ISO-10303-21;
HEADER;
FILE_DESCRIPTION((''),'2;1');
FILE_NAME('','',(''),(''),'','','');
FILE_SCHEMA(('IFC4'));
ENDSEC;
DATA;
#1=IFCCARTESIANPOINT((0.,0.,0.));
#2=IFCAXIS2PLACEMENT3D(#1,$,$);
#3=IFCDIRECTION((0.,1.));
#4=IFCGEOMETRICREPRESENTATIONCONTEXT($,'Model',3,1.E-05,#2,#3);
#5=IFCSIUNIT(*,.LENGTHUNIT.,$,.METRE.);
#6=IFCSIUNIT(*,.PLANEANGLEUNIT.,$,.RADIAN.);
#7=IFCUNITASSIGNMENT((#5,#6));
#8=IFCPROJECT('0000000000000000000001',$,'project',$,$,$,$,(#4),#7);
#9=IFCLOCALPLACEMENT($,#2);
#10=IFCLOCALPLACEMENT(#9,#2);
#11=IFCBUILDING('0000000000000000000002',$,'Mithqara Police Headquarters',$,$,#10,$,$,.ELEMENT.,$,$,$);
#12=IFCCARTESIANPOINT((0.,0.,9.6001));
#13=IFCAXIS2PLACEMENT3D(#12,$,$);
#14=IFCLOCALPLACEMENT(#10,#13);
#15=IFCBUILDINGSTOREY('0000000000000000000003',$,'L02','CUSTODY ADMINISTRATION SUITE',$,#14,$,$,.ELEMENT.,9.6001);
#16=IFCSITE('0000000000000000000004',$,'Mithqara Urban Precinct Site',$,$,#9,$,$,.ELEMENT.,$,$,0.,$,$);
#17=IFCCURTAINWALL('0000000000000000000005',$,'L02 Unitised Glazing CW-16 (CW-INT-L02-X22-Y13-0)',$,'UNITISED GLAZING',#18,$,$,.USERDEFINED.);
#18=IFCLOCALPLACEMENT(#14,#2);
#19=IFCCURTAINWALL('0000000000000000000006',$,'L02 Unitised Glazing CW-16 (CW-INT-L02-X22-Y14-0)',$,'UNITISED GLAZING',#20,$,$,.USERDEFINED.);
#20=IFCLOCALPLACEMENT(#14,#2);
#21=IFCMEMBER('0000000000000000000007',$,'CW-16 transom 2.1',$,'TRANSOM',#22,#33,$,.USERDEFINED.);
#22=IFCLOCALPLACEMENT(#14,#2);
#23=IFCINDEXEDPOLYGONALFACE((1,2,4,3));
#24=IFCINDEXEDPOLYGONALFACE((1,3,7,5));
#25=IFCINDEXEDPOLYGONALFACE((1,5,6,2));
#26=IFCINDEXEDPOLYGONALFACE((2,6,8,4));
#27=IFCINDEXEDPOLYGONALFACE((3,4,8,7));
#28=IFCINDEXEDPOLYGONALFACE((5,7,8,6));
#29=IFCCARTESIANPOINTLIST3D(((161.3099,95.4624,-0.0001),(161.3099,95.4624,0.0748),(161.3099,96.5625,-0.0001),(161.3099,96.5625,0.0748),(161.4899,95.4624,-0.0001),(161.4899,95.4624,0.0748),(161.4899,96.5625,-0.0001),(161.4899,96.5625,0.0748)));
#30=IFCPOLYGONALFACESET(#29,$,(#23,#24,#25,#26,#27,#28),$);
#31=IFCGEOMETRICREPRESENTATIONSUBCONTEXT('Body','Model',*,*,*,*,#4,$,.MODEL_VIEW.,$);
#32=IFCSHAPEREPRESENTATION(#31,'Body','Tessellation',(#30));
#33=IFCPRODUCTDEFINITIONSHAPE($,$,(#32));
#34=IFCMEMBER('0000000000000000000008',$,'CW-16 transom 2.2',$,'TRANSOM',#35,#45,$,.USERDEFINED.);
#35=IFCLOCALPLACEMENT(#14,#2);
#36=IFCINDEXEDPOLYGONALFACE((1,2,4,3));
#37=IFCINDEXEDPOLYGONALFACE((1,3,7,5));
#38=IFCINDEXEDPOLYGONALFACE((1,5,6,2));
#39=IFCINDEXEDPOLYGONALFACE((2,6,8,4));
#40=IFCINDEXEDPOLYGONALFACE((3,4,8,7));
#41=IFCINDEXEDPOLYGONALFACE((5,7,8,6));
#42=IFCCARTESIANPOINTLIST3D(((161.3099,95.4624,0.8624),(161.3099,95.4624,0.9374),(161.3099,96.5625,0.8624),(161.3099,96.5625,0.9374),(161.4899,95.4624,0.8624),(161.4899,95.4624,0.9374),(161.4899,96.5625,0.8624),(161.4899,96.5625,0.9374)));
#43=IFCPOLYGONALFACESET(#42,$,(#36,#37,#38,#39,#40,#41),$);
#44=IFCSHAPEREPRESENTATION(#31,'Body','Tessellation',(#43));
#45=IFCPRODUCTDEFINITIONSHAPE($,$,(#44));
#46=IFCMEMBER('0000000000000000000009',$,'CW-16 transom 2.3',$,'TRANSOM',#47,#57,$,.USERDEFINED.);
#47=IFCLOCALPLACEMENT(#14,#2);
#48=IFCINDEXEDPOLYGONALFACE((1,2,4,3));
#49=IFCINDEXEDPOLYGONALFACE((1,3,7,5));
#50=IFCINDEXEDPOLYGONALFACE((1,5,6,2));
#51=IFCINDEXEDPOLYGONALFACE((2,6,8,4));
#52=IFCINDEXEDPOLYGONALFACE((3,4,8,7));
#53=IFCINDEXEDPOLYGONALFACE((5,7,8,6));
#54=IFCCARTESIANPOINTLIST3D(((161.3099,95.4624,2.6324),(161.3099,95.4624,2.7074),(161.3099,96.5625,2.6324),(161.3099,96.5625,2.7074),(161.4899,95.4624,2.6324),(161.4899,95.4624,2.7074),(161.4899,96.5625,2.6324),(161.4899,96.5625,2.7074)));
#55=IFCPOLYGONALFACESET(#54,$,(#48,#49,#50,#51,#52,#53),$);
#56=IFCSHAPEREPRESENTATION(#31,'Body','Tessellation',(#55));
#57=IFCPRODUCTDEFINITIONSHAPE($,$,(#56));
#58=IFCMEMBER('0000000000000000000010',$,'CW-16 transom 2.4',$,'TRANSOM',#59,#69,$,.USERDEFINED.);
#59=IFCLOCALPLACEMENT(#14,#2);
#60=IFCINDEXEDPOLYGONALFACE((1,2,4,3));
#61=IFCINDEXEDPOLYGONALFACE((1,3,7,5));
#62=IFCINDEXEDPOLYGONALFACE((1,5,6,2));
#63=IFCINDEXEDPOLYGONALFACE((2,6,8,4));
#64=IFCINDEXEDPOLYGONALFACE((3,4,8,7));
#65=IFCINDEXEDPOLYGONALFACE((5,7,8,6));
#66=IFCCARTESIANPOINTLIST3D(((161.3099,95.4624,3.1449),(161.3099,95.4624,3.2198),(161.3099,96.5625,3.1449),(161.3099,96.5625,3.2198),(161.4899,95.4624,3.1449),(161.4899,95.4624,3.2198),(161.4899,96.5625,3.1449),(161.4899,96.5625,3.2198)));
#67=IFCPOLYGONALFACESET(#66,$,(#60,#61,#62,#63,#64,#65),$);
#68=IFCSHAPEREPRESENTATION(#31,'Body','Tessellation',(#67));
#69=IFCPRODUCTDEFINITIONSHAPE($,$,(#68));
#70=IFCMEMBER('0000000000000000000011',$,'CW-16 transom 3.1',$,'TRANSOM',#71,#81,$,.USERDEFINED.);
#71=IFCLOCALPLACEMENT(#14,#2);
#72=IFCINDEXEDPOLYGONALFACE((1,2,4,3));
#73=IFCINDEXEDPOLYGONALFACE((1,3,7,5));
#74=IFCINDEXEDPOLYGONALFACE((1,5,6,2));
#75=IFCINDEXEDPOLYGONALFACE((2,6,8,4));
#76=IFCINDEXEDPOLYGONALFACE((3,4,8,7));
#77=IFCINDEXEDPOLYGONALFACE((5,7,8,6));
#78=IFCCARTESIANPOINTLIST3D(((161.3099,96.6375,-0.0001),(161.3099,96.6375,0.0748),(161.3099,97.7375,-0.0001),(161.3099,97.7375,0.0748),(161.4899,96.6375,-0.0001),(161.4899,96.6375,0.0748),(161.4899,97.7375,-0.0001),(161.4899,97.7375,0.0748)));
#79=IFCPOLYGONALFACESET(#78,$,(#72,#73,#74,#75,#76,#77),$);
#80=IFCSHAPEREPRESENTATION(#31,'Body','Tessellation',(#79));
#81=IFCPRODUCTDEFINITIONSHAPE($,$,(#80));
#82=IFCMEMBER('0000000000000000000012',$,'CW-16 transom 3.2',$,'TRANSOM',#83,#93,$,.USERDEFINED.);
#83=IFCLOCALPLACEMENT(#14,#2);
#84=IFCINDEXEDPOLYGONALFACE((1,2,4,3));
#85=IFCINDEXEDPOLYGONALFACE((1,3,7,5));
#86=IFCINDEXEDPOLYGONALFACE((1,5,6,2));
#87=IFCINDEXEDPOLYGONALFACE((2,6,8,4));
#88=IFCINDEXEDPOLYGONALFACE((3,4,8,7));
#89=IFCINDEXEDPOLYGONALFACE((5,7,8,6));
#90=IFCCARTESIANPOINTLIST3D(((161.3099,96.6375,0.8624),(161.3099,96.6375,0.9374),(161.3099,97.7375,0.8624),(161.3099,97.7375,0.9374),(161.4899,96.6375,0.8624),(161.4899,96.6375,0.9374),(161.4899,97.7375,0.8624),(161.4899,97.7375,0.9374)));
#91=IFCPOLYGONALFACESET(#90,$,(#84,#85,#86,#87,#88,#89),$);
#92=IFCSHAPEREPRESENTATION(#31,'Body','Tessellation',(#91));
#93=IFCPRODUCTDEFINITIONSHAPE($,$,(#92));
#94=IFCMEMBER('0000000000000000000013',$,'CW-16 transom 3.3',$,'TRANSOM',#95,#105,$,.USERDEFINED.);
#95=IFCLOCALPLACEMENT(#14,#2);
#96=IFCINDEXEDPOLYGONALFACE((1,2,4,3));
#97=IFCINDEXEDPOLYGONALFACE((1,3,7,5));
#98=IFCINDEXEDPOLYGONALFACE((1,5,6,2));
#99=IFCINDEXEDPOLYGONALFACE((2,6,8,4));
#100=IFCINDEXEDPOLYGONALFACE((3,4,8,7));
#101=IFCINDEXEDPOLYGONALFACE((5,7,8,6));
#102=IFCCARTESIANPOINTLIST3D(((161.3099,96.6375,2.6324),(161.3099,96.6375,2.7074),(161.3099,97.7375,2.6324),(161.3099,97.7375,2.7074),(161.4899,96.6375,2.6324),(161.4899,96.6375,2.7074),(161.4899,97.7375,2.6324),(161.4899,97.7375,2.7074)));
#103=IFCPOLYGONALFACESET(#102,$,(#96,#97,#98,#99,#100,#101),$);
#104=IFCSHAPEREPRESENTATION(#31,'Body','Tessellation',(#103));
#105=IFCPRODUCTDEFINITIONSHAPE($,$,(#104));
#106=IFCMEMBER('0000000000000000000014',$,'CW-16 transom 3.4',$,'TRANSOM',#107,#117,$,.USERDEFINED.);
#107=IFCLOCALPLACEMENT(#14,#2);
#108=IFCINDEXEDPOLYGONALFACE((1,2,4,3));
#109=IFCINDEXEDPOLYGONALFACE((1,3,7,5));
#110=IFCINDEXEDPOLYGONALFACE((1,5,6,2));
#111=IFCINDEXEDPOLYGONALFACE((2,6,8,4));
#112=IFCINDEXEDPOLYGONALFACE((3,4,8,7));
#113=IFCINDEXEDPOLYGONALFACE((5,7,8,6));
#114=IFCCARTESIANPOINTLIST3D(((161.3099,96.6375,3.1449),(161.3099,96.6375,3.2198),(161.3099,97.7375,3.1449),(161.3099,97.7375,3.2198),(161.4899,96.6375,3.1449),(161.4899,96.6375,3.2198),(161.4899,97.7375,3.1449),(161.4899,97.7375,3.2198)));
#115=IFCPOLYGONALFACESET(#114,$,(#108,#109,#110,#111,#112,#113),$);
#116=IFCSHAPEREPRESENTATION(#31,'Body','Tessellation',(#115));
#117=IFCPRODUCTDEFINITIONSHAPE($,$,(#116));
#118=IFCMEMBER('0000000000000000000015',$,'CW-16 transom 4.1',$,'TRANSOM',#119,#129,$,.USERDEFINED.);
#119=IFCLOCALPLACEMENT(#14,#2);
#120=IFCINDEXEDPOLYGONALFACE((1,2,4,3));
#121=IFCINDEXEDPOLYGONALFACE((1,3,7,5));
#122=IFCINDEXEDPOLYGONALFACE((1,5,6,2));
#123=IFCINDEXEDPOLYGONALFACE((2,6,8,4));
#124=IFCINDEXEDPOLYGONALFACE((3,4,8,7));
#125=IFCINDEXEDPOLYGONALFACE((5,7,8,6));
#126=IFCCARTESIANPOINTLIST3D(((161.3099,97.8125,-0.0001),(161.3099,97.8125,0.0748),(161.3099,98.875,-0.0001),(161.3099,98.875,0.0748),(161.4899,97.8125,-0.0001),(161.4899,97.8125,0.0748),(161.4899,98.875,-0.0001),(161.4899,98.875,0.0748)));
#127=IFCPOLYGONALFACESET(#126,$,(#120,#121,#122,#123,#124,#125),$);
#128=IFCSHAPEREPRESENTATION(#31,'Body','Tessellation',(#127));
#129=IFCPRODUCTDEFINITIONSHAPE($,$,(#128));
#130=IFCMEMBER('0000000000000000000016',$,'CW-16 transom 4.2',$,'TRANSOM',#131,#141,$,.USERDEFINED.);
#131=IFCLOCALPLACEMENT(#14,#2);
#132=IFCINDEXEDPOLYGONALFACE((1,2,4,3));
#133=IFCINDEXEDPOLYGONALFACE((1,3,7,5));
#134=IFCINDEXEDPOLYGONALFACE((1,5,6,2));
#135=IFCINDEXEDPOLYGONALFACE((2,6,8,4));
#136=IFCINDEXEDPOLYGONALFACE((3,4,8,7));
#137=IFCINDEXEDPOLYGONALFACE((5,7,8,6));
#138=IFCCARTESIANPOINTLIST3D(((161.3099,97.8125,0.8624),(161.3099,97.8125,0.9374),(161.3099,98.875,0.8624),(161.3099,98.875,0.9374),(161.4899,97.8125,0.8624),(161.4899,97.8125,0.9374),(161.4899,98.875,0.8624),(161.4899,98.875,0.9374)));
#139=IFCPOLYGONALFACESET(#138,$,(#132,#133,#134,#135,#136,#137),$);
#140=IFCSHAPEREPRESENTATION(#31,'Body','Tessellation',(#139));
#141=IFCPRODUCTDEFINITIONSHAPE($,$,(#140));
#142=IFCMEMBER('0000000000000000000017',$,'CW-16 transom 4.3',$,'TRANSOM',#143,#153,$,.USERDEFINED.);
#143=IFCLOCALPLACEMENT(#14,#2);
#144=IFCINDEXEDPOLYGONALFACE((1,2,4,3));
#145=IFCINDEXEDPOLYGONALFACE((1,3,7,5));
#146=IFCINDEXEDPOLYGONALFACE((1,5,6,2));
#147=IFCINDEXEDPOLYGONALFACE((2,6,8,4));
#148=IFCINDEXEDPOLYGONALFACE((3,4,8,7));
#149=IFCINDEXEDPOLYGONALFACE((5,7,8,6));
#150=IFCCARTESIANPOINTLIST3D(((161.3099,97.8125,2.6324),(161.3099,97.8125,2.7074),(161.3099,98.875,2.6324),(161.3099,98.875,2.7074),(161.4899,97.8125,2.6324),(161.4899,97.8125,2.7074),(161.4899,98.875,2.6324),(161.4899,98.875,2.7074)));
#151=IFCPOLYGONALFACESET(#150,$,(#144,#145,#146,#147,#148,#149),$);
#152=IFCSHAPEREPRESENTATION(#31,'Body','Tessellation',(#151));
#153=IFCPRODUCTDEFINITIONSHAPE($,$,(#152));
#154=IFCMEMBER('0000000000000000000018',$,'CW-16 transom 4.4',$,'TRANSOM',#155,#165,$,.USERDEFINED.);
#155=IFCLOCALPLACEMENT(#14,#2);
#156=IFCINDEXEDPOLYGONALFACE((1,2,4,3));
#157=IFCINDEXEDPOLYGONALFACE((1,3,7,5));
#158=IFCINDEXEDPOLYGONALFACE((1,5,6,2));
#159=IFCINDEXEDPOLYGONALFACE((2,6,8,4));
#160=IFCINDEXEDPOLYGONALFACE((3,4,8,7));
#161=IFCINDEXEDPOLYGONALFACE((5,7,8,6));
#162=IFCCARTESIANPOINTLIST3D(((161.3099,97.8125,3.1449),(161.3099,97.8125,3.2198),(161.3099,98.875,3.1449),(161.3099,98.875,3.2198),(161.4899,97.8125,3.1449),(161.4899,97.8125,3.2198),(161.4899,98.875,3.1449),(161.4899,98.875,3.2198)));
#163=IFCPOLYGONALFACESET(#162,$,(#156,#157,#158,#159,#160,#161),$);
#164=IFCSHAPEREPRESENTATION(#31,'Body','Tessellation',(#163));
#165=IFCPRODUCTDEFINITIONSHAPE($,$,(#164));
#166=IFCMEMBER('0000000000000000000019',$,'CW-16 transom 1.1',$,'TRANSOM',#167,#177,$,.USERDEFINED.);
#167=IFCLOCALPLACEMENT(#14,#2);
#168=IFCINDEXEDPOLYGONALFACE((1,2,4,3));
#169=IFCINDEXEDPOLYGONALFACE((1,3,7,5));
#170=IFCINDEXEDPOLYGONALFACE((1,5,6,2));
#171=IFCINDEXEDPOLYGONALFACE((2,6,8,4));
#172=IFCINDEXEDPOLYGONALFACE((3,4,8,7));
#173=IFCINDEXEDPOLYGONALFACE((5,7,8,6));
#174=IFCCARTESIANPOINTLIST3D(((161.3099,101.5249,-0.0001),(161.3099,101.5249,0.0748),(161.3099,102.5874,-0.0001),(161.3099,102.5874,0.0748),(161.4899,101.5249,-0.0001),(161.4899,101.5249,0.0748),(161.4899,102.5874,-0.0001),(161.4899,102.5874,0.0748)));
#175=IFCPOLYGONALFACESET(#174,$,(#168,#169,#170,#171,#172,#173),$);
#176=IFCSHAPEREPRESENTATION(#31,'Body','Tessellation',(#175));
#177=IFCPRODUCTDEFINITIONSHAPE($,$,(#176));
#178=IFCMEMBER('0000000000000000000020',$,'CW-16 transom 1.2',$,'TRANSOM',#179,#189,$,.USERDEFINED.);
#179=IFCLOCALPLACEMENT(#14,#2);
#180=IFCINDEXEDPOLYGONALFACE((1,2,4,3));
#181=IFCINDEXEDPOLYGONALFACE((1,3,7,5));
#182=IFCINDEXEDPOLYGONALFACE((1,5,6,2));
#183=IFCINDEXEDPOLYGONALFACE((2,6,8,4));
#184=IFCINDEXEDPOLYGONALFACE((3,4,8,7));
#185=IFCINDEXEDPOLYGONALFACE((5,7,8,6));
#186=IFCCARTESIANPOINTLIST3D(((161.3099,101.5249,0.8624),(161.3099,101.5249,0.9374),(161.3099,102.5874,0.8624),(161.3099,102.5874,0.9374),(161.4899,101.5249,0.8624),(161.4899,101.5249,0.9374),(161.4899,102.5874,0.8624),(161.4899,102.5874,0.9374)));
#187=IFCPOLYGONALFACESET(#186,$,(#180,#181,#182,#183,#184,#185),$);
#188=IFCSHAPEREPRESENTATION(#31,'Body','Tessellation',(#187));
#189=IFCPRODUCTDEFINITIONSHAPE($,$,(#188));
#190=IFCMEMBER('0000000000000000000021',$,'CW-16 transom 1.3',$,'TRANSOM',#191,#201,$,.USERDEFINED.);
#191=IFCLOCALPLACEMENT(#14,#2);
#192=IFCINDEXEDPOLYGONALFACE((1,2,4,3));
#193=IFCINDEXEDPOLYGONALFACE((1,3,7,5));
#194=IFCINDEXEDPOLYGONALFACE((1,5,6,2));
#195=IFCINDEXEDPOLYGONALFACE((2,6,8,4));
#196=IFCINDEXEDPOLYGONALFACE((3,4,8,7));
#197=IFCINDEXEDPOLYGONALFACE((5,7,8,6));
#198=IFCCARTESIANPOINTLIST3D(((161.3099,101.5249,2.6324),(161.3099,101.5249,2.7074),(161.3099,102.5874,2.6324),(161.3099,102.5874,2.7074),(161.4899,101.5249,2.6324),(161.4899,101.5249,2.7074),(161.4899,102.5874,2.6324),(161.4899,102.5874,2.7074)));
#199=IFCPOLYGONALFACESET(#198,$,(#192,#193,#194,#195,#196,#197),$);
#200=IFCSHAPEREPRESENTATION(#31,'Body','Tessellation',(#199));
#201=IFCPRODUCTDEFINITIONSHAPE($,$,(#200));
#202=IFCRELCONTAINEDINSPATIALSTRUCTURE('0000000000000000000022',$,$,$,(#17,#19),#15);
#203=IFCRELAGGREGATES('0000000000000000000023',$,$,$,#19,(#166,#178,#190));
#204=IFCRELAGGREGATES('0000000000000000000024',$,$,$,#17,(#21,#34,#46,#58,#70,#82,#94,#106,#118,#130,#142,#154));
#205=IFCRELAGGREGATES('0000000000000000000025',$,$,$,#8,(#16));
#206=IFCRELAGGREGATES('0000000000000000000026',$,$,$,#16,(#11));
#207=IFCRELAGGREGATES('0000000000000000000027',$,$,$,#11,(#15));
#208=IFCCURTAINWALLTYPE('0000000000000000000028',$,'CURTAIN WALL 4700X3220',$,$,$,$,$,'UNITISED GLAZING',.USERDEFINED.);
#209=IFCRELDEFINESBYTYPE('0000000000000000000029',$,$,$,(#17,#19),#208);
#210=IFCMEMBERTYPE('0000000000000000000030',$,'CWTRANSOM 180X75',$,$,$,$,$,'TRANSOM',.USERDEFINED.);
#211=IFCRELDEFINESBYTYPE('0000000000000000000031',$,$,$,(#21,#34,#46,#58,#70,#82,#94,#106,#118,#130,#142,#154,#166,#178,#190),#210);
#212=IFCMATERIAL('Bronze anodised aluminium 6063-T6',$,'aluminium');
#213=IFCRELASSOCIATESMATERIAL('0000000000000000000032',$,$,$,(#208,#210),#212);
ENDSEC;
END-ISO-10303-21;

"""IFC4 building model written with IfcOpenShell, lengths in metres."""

from ifc_helpers import new_model, si_unit, direction, frame, origin, origin_2d, place, context, subcontext, project, spatial, rectangle, extrude, material, material_profile, profile_set, type_object, element, aggregate, save


model = new_model("IFC4")

# Units and contexts
model_context = context("Model", 3, precision=1e-05, world=origin(), true_north=direction((0.0, 1.0)))
body_context = subcontext(model_context, "Body", "Model", "MODEL_VIEW")
ifc_project = project(units=[si_unit("LENGTHUNIT", "METRE"), si_unit("PLANEANGLEUNIT", "RADIAN")], contexts=[model_context])

# Site, building, storey
site_placement = place(None, origin())
site = spatial("IfcSite", under=ifc_project, at=site_placement, Name="Mithqara Urban Precinct Site", CompositionType="ELEMENT", RefElevation=0.0)
building_placement = place(site_placement, origin())
building = spatial("IfcBuilding", under=site, at=building_placement, Name="Mithqara Police Headquarters", CompositionType="ELEMENT")
storey_placement = place(building_placement, frame((0.0, 0.0, 9.6001)))
storey = spatial("IfcBuildingStorey", under=building, at=storey_placement, Name="L02", Description="CUSTODY ADMINISTRATION SUITE", CompositionType="ELEMENT", Elevation=9.6001)

# Curtain wall
ifc_material_1 = material(Name="Bronze anodised aluminium 6063-T6", Category="aluminium")
curtain_wall_type = type_object("IfcCurtainWallType", Name="CURTAIN WALL 4700X3220", ElementType="UNITISED GLAZING", PredefinedType="USERDEFINED", material=ifc_material_1)
curtain_wall_1_placement = place(storey_placement, origin())
curtain_wall_1 = element("IfcCurtainWall", 1, at=curtain_wall_1_placement, inside=storey, type_object=curtain_wall_type, Name="L02 Unitised Glazing CW-16 (CW-INT-L02-X22-Y13-0)", ObjectType="UNITISED GLAZING", PredefinedType="USERDEFINED")

# Curtain wall
curtain_wall_2_placement = place(storey_placement, origin())
curtain_wall_2 = element("IfcCurtainWall", 2, at=curtain_wall_2_placement, inside=storey, type_object=curtain_wall_type, Name="L02 Unitised Glazing CW-16 (CW-INT-L02-X22-Y14-0)", ObjectType="UNITISED GLAZING", PredefinedType="USERDEFINED")

# Members
ifc_material_profile_1 = material_profile(ifc_material_1, rectangle(XDim=0.1799, YDim=0.075, at=origin_2d()), Name="CWT 180x75")
ifc_profile_set_1 = profile_set([ifc_material_profile_1], Name="Bronze anodised aluminium 6063-T6")
member_type_1 = type_object("IfcMemberType", Name="CWTRANSOM 180X75", ElementType="TRANSOM", PredefinedType="USERDEFINED", material=ifc_profile_set_1)
member_1_placement = place(storey_placement, frame((161.3999, 95.4624, 0.0374), z_axis=(0.0, 1.0, 0.0), x_axis=(-1.0, 0.0, 0.0)))
member_1 = element("IfcMember", 3, at=member_1_placement, type_object=member_type_1, Name="CW-16 transom 2.1", ObjectType="TRANSOM", PredefinedType="USERDEFINED", context=body_context, shape_type="SweptSolid", body=[
    extrude(rectangle(XDim=0.1799, YDim=0.075, at=origin_2d()), origin(), (0.0, 0.0, 1.0), 1.1001),
])
member_2_placement = place(storey_placement, frame((161.3999, 95.4624, 0.8999), z_axis=(0.0, 1.0, 0.0), x_axis=(-1.0, 0.0, 0.0)))
member_2 = element("IfcMember", 4, at=member_2_placement, type_object=member_type_1, Name="CW-16 transom 2.2", ObjectType="TRANSOM", PredefinedType="USERDEFINED", context=body_context, shape_type="SweptSolid", body=[
    extrude(rectangle(XDim=0.1799, YDim=0.075, at=origin_2d()), origin(), (0.0, 0.0, 1.0), 1.1001),
])
member_3_placement = place(storey_placement, frame((161.3999, 95.4624, 2.6699), z_axis=(0.0, 1.0, 0.0), x_axis=(-1.0, 0.0, 0.0)))
member_3 = element("IfcMember", 5, at=member_3_placement, type_object=member_type_1, Name="CW-16 transom 2.3", ObjectType="TRANSOM", PredefinedType="USERDEFINED", context=body_context, shape_type="SweptSolid", body=[
    extrude(rectangle(XDim=0.1799, YDim=0.075, at=origin_2d()), origin(), (0.0, 0.0, 1.0), 1.1001),
])
member_4_placement = place(storey_placement, frame((161.3999, 95.4624, 3.1824), z_axis=(0.0, 1.0, 0.0), x_axis=(-1.0, 0.0, 0.0)))
member_4 = element("IfcMember", 6, at=member_4_placement, type_object=member_type_1, Name="CW-16 transom 2.4", ObjectType="TRANSOM", PredefinedType="USERDEFINED", context=body_context, shape_type="SweptSolid", body=[
    extrude(rectangle(XDim=0.1799, YDim=0.075, at=origin_2d()), origin(), (0.0, 0.0, 1.0), 1.1001),
])
member_5_placement = place(storey_placement, frame((161.3999, 96.6375, 0.0374), z_axis=(0.0, 1.0, 0.0), x_axis=(-1.0, 0.0, 0.0)))
member_5 = element("IfcMember", 7, at=member_5_placement, type_object=member_type_1, Name="CW-16 transom 3.1", ObjectType="TRANSOM", PredefinedType="USERDEFINED", context=body_context, shape_type="SweptSolid", body=[
    extrude(rectangle(XDim=0.1799, YDim=0.075, at=origin_2d()), origin(), (0.0, 0.0, 1.0), 1.1001),
])
member_6_placement = place(storey_placement, frame((161.3999, 96.6375, 0.8999), z_axis=(0.0, 1.0, 0.0), x_axis=(-1.0, 0.0, 0.0)))
member_6 = element("IfcMember", 8, at=member_6_placement, type_object=member_type_1, Name="CW-16 transom 3.2", ObjectType="TRANSOM", PredefinedType="USERDEFINED", context=body_context, shape_type="SweptSolid", body=[
    extrude(rectangle(XDim=0.1799, YDim=0.075, at=origin_2d()), origin(), (0.0, 0.0, 1.0), 1.1001),
])
member_7_placement = place(storey_placement, frame((161.3999, 96.6375, 2.6699), z_axis=(0.0, 1.0, 0.0), x_axis=(-1.0, 0.0, 0.0)))
member_7 = element("IfcMember", 9, at=member_7_placement, type_object=member_type_1, Name="CW-16 transom 3.3", ObjectType="TRANSOM", PredefinedType="USERDEFINED", context=body_context, shape_type="SweptSolid", body=[
    extrude(rectangle(XDim=0.1799, YDim=0.075, at=origin_2d()), origin(), (0.0, 0.0, 1.0), 1.1001),
])
member_8_placement = place(storey_placement, frame((161.3999, 96.6375, 3.1824), z_axis=(0.0, 1.0, 0.0), x_axis=(-1.0, 0.0, 0.0)))
member_8 = element("IfcMember", 10, at=member_8_placement, type_object=member_type_1, Name="CW-16 transom 3.4", ObjectType="TRANSOM", PredefinedType="USERDEFINED", context=body_context, shape_type="SweptSolid", body=[
    extrude(rectangle(XDim=0.1799, YDim=0.075, at=origin_2d()), origin(), (0.0, 0.0, 1.0), 1.1001),
])
member_9_placement = place(storey_placement, frame((161.3999, 97.8125, 0.0374), z_axis=(0.0, 1.0, 0.0), x_axis=(-1.0, 0.0, 0.0)))
member_9 = element("IfcMember", 11, at=member_9_placement, type_object=member_type_1, Name="CW-16 transom 4.1", ObjectType="TRANSOM", PredefinedType="USERDEFINED", context=body_context, shape_type="SweptSolid", body=[
    extrude(rectangle(XDim=0.1799, YDim=0.075, at=origin_2d()), origin(), (0.0, 0.0, 1.0), 1.0625),
])
member_10_placement = place(storey_placement, frame((161.3999, 97.8125, 0.8999), z_axis=(0.0, 1.0, 0.0), x_axis=(-1.0, 0.0, 0.0)))
member_10 = element("IfcMember", 12, at=member_10_placement, type_object=member_type_1, Name="CW-16 transom 4.2", ObjectType="TRANSOM", PredefinedType="USERDEFINED", context=body_context, shape_type="SweptSolid", body=[
    extrude(rectangle(XDim=0.1799, YDim=0.075, at=origin_2d()), origin(), (0.0, 0.0, 1.0), 1.0625),
])
member_11_placement = place(storey_placement, frame((161.3999, 97.8125, 2.6699), z_axis=(0.0, 1.0, 0.0), x_axis=(-1.0, 0.0, 0.0)))
member_11 = element("IfcMember", 13, at=member_11_placement, type_object=member_type_1, Name="CW-16 transom 4.3", ObjectType="TRANSOM", PredefinedType="USERDEFINED", context=body_context, shape_type="SweptSolid", body=[
    extrude(rectangle(XDim=0.1799, YDim=0.075, at=origin_2d()), origin(), (0.0, 0.0, 1.0), 1.0625),
])
member_12_placement = place(storey_placement, frame((161.3999, 97.8125, 3.1824), z_axis=(0.0, 1.0, 0.0), x_axis=(-1.0, 0.0, 0.0)))
member_12 = element("IfcMember", 14, at=member_12_placement, type_object=member_type_1, Name="CW-16 transom 4.4", ObjectType="TRANSOM", PredefinedType="USERDEFINED", context=body_context, shape_type="SweptSolid", body=[
    extrude(rectangle(XDim=0.1799, YDim=0.075, at=origin_2d()), origin(), (0.0, 0.0, 1.0), 1.0625),
])
member_13_placement = place(storey_placement, frame((161.3999, 101.5249, 0.0374), z_axis=(0.0, 1.0, 0.0), x_axis=(-1.0, 0.0, 0.0)))
member_13 = element("IfcMember", 15, at=member_13_placement, type_object=member_type_1, Name="CW-16 transom 1.1", ObjectType="TRANSOM", PredefinedType="USERDEFINED", context=body_context, shape_type="SweptSolid", body=[
    extrude(rectangle(XDim=0.1799, YDim=0.075, at=origin_2d()), origin(), (0.0, 0.0, 1.0), 1.0625),
])
member_14_placement = place(storey_placement, frame((161.3999, 101.5249, 0.8999), z_axis=(0.0, 1.0, 0.0), x_axis=(-1.0, 0.0, 0.0)))
member_14 = element("IfcMember", 16, at=member_14_placement, type_object=member_type_1, Name="CW-16 transom 1.2", ObjectType="TRANSOM", PredefinedType="USERDEFINED", context=body_context, shape_type="SweptSolid", body=[
    extrude(rectangle(XDim=0.1799, YDim=0.075, at=origin_2d()), origin(), (0.0, 0.0, 1.0), 1.0625),
])
member_15_placement = place(storey_placement, frame((161.3999, 101.5249, 2.6699), z_axis=(0.0, 1.0, 0.0), x_axis=(-1.0, 0.0, 0.0)))
member_15 = element("IfcMember", 17, at=member_15_placement, type_object=member_type_1, Name="CW-16 transom 1.3", ObjectType="TRANSOM", PredefinedType="USERDEFINED", context=body_context, shape_type="SweptSolid", body=[
    extrude(rectangle(XDim=0.1799, YDim=0.075, at=origin_2d()), origin(), (0.0, 0.0, 1.0), 1.0625),
])
aggregate(curtain_wall_2, [member_13, member_14, member_15])

aggregate(curtain_wall_1, [member_1, member_2, member_3, member_4, member_5, member_6, member_7, member_8, member_9, member_10, member_11, member_12])

save(model, "model.ifc")
